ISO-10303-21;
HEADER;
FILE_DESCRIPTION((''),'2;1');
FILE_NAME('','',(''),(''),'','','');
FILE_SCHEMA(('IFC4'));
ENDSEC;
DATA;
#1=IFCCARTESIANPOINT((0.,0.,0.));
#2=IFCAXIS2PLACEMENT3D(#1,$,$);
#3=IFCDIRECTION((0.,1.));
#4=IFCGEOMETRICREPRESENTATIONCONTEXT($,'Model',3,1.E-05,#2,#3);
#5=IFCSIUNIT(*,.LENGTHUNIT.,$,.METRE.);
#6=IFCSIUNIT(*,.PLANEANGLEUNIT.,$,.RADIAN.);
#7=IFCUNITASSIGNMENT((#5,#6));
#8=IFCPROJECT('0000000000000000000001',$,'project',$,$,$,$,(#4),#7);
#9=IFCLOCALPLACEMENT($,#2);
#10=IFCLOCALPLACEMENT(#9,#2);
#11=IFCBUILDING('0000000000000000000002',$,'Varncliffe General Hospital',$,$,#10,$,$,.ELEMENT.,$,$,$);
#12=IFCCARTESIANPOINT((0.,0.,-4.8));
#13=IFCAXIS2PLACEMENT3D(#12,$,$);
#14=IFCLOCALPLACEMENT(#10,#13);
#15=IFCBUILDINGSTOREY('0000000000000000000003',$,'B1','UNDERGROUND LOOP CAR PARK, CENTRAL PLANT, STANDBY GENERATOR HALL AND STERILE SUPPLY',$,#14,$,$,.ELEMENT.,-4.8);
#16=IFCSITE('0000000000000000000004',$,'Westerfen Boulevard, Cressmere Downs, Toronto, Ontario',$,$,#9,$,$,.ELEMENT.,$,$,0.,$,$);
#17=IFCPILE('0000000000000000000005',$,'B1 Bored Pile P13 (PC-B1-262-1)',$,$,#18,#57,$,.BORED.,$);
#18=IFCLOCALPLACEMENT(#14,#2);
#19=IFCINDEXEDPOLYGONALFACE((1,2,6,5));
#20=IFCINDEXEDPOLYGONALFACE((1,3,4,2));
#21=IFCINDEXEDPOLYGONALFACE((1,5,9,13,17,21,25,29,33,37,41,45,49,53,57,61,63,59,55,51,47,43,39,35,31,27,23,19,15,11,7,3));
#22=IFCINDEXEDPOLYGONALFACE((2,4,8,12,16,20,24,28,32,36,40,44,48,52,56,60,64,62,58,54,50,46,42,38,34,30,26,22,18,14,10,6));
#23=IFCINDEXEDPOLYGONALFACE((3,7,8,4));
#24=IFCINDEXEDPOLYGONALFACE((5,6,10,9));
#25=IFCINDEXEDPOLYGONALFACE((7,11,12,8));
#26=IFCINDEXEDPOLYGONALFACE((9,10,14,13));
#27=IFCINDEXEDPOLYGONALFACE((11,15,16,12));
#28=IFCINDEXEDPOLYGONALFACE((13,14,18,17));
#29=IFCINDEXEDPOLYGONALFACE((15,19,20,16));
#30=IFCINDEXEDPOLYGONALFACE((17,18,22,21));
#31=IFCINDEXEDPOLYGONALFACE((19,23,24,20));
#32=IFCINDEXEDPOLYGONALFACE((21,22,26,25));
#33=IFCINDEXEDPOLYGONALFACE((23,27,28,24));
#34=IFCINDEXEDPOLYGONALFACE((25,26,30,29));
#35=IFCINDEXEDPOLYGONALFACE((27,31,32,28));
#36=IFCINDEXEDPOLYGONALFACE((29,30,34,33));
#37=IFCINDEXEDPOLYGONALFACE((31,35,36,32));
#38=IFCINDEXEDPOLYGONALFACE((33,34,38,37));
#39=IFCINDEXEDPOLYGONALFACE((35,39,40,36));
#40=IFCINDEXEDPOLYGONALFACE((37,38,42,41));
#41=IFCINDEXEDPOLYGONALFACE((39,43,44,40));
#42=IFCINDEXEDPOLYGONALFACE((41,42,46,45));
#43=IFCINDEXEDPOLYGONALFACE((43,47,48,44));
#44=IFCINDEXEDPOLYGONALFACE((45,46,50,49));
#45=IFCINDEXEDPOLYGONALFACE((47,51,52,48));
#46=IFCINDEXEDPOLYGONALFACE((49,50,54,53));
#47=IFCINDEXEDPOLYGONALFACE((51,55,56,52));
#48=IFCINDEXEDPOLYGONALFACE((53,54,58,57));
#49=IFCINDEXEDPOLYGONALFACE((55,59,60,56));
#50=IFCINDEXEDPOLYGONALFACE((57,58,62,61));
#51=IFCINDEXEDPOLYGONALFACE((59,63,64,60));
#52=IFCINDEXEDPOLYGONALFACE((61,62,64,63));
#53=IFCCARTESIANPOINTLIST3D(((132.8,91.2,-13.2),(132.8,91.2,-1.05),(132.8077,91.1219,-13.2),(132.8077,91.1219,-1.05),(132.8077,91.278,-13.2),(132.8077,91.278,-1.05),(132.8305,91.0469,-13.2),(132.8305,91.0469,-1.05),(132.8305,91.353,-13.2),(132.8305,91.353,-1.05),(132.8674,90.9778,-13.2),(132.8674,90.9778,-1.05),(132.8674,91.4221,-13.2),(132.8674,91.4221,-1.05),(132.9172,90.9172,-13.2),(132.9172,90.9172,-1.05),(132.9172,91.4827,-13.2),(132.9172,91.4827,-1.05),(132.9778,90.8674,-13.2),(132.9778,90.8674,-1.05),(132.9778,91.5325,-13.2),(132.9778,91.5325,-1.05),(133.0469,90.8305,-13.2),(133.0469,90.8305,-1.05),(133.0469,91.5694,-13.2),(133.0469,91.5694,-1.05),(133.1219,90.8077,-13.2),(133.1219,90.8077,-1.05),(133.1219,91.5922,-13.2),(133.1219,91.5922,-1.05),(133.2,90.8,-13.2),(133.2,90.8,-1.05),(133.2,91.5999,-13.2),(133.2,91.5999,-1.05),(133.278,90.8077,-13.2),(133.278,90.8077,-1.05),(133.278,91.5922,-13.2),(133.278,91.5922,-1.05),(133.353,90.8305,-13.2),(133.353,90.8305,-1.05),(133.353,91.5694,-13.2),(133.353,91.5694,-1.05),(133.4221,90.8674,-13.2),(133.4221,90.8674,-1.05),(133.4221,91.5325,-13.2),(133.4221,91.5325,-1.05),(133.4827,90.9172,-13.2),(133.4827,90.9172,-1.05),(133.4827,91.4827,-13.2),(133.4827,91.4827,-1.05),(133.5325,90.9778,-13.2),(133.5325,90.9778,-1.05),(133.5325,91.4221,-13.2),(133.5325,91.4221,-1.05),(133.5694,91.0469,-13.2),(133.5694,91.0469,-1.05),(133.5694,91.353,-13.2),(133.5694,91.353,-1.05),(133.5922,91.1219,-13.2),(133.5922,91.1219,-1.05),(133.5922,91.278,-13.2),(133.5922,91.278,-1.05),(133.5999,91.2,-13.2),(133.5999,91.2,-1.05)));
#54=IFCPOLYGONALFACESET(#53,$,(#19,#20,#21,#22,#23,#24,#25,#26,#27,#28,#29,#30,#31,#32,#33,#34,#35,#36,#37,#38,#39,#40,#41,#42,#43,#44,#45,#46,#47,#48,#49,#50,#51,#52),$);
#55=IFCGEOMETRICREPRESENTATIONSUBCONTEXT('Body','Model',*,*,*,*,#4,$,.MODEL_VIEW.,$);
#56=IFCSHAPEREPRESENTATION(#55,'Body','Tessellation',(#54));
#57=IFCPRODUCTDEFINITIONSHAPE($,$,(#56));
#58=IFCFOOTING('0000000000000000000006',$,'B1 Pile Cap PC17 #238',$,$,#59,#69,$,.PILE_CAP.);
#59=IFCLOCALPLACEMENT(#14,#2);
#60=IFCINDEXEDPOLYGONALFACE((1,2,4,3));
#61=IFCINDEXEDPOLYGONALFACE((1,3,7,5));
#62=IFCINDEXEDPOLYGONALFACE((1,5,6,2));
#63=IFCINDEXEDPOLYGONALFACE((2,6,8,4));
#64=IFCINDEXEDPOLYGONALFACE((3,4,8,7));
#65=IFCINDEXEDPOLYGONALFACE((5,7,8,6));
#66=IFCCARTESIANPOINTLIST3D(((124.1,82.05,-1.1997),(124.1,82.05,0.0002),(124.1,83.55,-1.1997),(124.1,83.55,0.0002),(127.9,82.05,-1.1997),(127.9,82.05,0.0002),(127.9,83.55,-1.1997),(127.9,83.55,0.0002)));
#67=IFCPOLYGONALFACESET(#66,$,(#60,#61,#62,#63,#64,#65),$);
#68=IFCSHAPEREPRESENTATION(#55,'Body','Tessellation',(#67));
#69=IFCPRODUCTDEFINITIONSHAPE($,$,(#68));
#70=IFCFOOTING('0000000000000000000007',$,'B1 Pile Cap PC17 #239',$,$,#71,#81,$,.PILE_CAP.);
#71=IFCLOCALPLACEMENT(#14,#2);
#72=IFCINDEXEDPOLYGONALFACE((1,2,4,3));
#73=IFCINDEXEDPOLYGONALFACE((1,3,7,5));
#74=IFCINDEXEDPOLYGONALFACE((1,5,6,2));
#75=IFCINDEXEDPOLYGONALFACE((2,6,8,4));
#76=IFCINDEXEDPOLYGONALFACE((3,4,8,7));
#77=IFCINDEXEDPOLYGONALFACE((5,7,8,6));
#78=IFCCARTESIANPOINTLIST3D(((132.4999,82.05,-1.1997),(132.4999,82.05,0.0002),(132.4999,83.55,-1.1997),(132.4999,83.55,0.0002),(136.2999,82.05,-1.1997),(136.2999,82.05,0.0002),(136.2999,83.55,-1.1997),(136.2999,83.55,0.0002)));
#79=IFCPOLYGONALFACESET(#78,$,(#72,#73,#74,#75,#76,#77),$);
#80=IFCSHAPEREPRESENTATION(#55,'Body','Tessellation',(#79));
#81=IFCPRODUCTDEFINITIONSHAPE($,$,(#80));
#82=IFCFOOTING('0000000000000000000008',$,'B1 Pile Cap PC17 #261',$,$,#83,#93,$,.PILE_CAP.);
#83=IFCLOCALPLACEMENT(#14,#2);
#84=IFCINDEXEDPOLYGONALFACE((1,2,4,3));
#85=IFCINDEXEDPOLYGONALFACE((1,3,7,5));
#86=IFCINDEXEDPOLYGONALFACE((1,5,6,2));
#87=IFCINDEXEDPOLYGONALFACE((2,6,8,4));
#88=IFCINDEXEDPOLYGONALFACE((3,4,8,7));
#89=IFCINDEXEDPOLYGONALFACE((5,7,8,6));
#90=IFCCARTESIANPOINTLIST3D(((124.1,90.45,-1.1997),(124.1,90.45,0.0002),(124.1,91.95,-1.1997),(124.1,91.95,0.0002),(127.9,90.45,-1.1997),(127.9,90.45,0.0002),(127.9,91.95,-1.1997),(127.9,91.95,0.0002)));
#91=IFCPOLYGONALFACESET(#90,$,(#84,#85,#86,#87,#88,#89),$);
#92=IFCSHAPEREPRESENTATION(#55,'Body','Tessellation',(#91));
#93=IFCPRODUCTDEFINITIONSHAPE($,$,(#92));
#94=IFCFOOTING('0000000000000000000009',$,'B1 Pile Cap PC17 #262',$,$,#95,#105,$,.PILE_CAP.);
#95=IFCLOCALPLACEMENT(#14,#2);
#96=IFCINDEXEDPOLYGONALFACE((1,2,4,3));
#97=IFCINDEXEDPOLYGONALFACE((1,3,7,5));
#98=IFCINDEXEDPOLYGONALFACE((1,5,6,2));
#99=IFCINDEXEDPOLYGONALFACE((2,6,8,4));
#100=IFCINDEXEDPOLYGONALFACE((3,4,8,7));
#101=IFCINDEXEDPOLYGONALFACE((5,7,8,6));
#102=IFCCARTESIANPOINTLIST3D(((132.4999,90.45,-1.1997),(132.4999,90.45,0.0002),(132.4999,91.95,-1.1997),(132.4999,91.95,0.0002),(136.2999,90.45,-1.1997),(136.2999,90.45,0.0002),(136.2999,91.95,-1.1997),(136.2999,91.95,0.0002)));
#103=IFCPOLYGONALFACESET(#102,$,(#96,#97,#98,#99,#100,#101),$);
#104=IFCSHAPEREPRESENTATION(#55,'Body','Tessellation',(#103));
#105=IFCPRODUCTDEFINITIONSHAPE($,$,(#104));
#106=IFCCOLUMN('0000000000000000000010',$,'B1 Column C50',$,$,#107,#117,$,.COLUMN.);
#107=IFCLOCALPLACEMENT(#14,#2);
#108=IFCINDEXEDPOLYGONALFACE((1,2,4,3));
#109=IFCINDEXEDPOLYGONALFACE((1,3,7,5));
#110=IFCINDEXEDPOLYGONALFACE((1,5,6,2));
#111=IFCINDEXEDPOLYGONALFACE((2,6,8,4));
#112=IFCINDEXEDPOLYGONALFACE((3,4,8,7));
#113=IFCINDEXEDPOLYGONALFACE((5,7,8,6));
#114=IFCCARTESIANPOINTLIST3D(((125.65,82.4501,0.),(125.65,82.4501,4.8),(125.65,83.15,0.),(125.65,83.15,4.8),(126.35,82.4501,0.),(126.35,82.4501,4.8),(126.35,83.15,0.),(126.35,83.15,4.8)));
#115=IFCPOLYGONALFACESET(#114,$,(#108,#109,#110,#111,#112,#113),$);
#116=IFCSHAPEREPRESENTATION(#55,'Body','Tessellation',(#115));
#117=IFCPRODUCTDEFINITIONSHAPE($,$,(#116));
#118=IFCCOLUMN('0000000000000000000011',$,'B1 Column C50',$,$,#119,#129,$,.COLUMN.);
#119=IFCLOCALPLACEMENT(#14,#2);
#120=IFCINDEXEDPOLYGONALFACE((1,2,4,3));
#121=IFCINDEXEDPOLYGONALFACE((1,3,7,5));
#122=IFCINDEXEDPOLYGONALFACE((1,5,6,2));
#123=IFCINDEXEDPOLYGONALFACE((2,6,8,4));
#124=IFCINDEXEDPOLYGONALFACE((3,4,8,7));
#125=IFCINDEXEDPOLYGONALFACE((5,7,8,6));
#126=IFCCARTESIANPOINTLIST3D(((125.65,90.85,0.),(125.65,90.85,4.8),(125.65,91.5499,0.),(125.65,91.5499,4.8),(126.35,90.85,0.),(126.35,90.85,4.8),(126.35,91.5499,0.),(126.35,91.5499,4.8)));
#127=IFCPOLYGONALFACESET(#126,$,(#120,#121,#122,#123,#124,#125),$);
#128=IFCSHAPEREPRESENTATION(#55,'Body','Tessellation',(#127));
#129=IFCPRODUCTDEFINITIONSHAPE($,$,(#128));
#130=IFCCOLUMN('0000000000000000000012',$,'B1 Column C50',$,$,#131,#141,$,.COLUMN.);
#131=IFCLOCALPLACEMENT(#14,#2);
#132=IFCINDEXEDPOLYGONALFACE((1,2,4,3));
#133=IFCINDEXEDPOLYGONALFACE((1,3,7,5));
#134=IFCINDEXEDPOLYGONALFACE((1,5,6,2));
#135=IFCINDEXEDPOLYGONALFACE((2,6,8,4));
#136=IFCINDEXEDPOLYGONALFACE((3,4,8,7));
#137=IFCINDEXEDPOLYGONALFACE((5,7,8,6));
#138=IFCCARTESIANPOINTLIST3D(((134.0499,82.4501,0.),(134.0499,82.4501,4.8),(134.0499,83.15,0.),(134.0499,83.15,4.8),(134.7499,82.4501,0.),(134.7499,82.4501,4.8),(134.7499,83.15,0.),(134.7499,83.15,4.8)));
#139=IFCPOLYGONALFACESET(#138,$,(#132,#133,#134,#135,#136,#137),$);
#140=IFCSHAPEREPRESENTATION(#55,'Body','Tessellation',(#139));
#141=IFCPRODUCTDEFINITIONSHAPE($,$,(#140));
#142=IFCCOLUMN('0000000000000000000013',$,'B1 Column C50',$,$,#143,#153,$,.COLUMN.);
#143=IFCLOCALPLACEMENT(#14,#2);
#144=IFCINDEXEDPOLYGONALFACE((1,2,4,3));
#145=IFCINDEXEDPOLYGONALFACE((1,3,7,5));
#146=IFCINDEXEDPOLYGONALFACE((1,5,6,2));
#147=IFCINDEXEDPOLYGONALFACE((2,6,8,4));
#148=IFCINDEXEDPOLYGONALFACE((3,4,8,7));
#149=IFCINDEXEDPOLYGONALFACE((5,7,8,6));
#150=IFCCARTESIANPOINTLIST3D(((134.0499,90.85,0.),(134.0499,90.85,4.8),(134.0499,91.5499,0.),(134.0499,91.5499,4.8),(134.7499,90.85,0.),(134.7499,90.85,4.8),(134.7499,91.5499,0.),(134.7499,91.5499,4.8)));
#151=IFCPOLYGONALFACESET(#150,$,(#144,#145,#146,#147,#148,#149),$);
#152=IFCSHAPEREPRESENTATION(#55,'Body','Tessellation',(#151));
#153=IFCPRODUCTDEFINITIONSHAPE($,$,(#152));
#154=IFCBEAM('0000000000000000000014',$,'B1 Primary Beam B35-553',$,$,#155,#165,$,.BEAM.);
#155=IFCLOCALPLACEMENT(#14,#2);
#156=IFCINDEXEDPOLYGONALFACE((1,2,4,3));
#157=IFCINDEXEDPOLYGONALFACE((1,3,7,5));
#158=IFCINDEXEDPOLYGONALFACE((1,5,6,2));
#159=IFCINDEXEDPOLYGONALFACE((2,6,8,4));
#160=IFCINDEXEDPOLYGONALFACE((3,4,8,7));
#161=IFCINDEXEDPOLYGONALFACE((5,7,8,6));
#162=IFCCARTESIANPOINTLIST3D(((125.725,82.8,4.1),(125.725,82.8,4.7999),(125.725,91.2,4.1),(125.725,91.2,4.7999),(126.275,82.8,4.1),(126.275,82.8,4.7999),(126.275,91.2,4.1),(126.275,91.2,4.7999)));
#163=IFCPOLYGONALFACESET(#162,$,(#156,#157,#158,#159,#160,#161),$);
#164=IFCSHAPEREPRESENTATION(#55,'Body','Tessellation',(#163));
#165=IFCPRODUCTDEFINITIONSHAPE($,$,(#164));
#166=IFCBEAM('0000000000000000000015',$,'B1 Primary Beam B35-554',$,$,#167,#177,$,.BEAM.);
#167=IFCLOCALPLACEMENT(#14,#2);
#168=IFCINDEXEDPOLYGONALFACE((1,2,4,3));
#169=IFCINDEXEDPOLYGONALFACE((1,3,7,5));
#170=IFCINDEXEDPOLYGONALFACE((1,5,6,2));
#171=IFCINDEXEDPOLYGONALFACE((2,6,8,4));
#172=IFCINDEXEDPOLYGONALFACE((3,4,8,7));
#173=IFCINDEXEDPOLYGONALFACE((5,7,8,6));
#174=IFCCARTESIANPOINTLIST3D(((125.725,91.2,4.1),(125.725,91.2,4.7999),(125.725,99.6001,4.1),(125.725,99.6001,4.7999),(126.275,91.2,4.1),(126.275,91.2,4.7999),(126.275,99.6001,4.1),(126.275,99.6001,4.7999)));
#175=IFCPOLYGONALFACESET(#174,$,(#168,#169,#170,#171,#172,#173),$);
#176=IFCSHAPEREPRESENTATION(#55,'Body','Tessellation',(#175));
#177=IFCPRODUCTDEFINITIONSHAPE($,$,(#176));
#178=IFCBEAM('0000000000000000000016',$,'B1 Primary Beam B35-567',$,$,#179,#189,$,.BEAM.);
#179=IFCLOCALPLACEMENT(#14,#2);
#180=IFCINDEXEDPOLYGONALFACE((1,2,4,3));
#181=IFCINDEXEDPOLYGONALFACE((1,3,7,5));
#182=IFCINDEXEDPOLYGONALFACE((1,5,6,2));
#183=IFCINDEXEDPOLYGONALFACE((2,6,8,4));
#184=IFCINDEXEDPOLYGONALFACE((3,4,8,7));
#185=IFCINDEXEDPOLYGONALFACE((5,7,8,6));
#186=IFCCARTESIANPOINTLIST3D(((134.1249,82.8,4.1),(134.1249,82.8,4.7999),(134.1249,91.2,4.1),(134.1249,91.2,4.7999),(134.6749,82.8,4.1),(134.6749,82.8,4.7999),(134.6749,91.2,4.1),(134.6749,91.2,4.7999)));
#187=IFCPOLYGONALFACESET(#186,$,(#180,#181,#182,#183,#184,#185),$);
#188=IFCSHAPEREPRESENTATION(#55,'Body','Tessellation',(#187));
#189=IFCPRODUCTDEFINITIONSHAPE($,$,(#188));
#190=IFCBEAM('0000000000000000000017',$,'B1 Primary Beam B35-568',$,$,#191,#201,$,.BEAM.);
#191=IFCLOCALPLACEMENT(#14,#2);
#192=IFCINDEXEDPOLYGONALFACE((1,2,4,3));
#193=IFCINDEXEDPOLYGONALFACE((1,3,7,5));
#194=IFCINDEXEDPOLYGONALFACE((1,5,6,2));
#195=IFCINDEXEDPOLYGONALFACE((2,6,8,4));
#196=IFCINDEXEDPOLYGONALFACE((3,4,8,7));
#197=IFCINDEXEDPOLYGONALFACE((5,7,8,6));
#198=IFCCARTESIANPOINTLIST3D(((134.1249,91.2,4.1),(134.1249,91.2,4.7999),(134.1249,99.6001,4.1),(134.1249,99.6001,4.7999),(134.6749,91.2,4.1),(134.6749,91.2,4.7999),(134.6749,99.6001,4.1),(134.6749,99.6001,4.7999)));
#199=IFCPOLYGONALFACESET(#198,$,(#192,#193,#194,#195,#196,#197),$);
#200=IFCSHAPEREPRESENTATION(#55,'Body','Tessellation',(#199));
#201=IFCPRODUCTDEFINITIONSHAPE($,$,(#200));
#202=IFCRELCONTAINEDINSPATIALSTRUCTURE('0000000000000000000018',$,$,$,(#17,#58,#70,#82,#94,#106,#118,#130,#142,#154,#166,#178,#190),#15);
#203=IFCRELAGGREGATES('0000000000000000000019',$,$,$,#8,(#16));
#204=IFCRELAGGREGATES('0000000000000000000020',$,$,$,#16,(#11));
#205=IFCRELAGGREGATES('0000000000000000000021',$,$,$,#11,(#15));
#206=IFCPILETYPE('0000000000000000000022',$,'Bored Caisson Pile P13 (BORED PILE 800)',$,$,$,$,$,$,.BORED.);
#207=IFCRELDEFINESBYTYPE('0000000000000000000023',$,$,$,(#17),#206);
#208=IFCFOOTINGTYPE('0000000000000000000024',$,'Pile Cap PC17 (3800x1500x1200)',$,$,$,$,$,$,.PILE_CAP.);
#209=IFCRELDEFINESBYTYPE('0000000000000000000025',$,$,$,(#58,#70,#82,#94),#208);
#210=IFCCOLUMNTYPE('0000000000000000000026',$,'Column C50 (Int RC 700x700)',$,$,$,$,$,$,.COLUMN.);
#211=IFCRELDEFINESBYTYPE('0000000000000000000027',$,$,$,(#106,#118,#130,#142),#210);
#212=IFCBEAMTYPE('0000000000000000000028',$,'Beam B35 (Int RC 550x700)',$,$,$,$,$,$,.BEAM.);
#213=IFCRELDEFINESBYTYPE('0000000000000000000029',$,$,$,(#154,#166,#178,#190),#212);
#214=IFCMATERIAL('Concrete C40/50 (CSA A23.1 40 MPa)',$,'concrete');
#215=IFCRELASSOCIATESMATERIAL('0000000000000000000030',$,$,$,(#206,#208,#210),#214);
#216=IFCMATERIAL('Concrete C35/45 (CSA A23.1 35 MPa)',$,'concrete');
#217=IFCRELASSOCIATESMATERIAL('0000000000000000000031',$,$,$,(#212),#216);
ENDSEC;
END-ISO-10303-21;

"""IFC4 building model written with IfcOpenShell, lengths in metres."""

from ifc_helpers import new_model, si_unit, direction, frame, origin, origin_2d, place, context, subcontext, project, spatial, rectangle, circle, extrude, material, material_profile, profile_set, type_object, element, save


model = new_model("IFC4")

# Units and contexts
model_context = context("Model", 3, precision=1e-05, world=origin(), true_north=direction((0.0, 1.0)))
body_context = subcontext(model_context, "Body", "Model", "MODEL_VIEW")
ifc_project = project(units=[si_unit("LENGTHUNIT", "METRE"), si_unit("PLANEANGLEUNIT", "RADIAN")], contexts=[model_context])

# Site, building, storey
site_placement = place(None, origin())
site = spatial("IfcSite", under=ifc_project, at=site_placement, Name="Westerfen Boulevard, Cressmere Downs, Toronto, Ontario", CompositionType="ELEMENT", RefElevation=0.0)
building_placement = place(site_placement, origin())
building = spatial("IfcBuilding", under=site, at=building_placement, Name="Varncliffe General Hospital", CompositionType="ELEMENT")
storey_placement = place(building_placement, frame((0.0, 0.0, -4.8)))
storey = spatial("IfcBuildingStorey", under=building, at=storey_placement, Name="B1", Description="UNDERGROUND LOOP CAR PARK, CENTRAL PLANT, STANDBY GENERATOR HALL AND STERILE SUPPLY", CompositionType="ELEMENT", Elevation=-4.8)

# Pile
ifc_material_1 = material(Name="Concrete C40/50 (CSA A23.1 40 MPa)", Category="concrete")
ifc_material_profile_1 = material_profile(ifc_material_1, circle(Radius=0.3999, at=origin_2d()), Name="BORED PILE 800")
ifc_profile_set_1 = profile_set([ifc_material_profile_1], Name="Concrete C40/50 (CSA A23.1 40 MPa)")
pile_type = type_object("IfcPileType", Name="Bored Caisson Pile P13 (BORED PILE 800)", PredefinedType="BORED", material=ifc_profile_set_1)
for number, where, z_axis, x_axis, name in (
    (1, (133.2, 91.2, -1.05), (0.0, 0.0, -1.0), (1.0, 0.0, 0.0), "B1 Bored Pile P13 (PC-B1-262-1)"),
):
    element("IfcPile", number, at=place(storey_placement, frame(where, z_axis=z_axis, x_axis=x_axis)), inside=storey, type_object=pile_type, Name=name, PredefinedType="BORED", context=body_context, shape_type="SweptSolid", body=[
        extrude(circle(Radius=0.3999, at=origin_2d()), origin(), (0.0, 0.0, 1.0), 12.1499),
    ])

# Footings
footing_type = type_object("IfcFootingType", Name="Pile Cap PC17 (3800x1500x1200)", PredefinedType="PILE_CAP", material=ifc_material_1)
for number, where, z_axis, x_axis, name in (
    (2, (126.0, 82.8, -1.1997), (0.0, 0.0, 1.0), (1.0, 0.0, 0.0), "B1 Pile Cap PC17 #238"),
    (3, (134.3999, 82.8, -1.1997), (0.0, 0.0, 1.0), (1.0, 0.0, 0.0), "B1 Pile Cap PC17 #239"),
    (4, (126.0, 91.2, -1.1997), (0.0, 0.0, 1.0), (1.0, 0.0, 0.0), "B1 Pile Cap PC17 #261"),
    (5, (134.3999, 91.2, -1.1997), (0.0, 0.0, 1.0), (1.0, 0.0, 0.0), "B1 Pile Cap PC17 #262"),
):
    element("IfcFooting", number, at=place(storey_placement, frame(where, z_axis=z_axis, x_axis=x_axis)), inside=storey, type_object=footing_type, Name=name, PredefinedType="PILE_CAP", context=body_context, shape_type="SweptSolid", body=[
        extrude(rectangle(XDim=3.8, YDim=1.5, at=origin_2d()), origin(), (0.0, 0.0, 1.0), 1.2),
    ])

# Columns
ifc_material_profile_2 = material_profile(ifc_material_1, rectangle(XDim=0.7, YDim=0.7, at=origin_2d()), Name="RC 700x700")
ifc_profile_set_2 = profile_set([ifc_material_profile_2], Name="Concrete C40/50 (CSA A23.1 40 MPa)")
column_type = type_object("IfcColumnType", Name="Column C50 (Int RC 700x700)", PredefinedType="COLUMN", material=ifc_profile_set_2)
for number, where, z_axis, x_axis, name in (
    (6, (126.0, 82.8, 0.0), (0.0, 0.0, 1.0), (1.0, 0.0, 0.0), "B1 Column C50"),
    (7, (126.0, 91.2, 0.0), (0.0, 0.0, 1.0), (1.0, 0.0, 0.0), "B1 Column C50"),
    (8, (134.3999, 82.8, 0.0), (0.0, 0.0, 1.0), (1.0, 0.0, 0.0), "B1 Column C50"),
    (9, (134.3999, 91.2, 0.0), (0.0, 0.0, 1.0), (1.0, 0.0, 0.0), "B1 Column C50"),
):
    element("IfcColumn", number, at=place(storey_placement, frame(where, z_axis=z_axis, x_axis=x_axis)), inside=storey, type_object=column_type, Name=name, PredefinedType="COLUMN", context=body_context, shape_type="SweptSolid", body=[
        extrude(rectangle(XDim=0.7, YDim=0.7, at=origin_2d()), origin(), (0.0, 0.0, 1.0), 4.8),
    ])

# Beams
ifc_material_2 = material(Name="Concrete C35/45 (CSA A23.1 35 MPa)", Category="concrete")
ifc_material_profile_3 = material_profile(ifc_material_2, rectangle(XDim=0.55, YDim=0.7, at=origin_2d()), Name="RC 550x700")
ifc_profile_set_3 = profile_set([ifc_material_profile_3], Name="Concrete C35/45 (CSA A23.1 35 MPa)")
beam_type_1 = type_object("IfcBeamType", Name="Beam B35 (Int RC 550x700)", PredefinedType="BEAM", material=ifc_profile_set_3)
beam_1_placement = place(storey_placement, frame((126.0, 82.8, 4.45), z_axis=(0.0, 1.0, 0.0), x_axis=(-1.0, 0.0, 0.0)))
element("IfcBeam", 10, at=beam_1_placement, inside=storey, type_object=beam_type_1, Name="B1 Primary Beam B35-553", PredefinedType="BEAM", context=body_context, shape_type="SweptSolid", body=[
    extrude(rectangle(XDim=0.55, YDim=0.7, at=origin_2d()), origin(), (0.0, 0.0, 1.0), 8.3999),
])
beam_2_placement = place(storey_placement, frame((126.0, 91.2, 4.45), z_axis=(0.0, 1.0, 0.0), x_axis=(-1.0, 0.0, 0.0)))
element("IfcBeam", 11, at=beam_2_placement, inside=storey, type_object=beam_type_1, Name="B1 Primary Beam B35-554", PredefinedType="BEAM", context=body_context, shape_type="SweptSolid", body=[
    extrude(rectangle(XDim=0.55, YDim=0.7, at=origin_2d()), origin(), (0.0, 0.0, 1.0), 8.4001),
])
beam_3_placement = place(storey_placement, frame((134.3999, 82.8, 4.45), z_axis=(0.0, 1.0, 0.0), x_axis=(-1.0, 0.0, 0.0)))
element("IfcBeam", 12, at=beam_3_placement, inside=storey, type_object=beam_type_1, Name="B1 Primary Beam B35-567", PredefinedType="BEAM", context=body_context, shape_type="SweptSolid", body=[
    extrude(rectangle(XDim=0.55, YDim=0.7, at=origin_2d()), origin(), (0.0, 0.0, 1.0), 8.3999),
])
beam_4_placement = place(storey_placement, frame((134.3999, 91.2, 4.45), z_axis=(0.0, 1.0, 0.0), x_axis=(-1.0, 0.0, 0.0)))
element("IfcBeam", 13, at=beam_4_placement, inside=storey, type_object=beam_type_1, Name="B1 Primary Beam B35-568", PredefinedType="BEAM", context=body_context, shape_type="SweptSolid", body=[
    extrude(rectangle(XDim=0.55, YDim=0.7, at=origin_2d()), origin(), (0.0, 0.0, 1.0), 8.4001),
])

save(model, "model.ifc")
